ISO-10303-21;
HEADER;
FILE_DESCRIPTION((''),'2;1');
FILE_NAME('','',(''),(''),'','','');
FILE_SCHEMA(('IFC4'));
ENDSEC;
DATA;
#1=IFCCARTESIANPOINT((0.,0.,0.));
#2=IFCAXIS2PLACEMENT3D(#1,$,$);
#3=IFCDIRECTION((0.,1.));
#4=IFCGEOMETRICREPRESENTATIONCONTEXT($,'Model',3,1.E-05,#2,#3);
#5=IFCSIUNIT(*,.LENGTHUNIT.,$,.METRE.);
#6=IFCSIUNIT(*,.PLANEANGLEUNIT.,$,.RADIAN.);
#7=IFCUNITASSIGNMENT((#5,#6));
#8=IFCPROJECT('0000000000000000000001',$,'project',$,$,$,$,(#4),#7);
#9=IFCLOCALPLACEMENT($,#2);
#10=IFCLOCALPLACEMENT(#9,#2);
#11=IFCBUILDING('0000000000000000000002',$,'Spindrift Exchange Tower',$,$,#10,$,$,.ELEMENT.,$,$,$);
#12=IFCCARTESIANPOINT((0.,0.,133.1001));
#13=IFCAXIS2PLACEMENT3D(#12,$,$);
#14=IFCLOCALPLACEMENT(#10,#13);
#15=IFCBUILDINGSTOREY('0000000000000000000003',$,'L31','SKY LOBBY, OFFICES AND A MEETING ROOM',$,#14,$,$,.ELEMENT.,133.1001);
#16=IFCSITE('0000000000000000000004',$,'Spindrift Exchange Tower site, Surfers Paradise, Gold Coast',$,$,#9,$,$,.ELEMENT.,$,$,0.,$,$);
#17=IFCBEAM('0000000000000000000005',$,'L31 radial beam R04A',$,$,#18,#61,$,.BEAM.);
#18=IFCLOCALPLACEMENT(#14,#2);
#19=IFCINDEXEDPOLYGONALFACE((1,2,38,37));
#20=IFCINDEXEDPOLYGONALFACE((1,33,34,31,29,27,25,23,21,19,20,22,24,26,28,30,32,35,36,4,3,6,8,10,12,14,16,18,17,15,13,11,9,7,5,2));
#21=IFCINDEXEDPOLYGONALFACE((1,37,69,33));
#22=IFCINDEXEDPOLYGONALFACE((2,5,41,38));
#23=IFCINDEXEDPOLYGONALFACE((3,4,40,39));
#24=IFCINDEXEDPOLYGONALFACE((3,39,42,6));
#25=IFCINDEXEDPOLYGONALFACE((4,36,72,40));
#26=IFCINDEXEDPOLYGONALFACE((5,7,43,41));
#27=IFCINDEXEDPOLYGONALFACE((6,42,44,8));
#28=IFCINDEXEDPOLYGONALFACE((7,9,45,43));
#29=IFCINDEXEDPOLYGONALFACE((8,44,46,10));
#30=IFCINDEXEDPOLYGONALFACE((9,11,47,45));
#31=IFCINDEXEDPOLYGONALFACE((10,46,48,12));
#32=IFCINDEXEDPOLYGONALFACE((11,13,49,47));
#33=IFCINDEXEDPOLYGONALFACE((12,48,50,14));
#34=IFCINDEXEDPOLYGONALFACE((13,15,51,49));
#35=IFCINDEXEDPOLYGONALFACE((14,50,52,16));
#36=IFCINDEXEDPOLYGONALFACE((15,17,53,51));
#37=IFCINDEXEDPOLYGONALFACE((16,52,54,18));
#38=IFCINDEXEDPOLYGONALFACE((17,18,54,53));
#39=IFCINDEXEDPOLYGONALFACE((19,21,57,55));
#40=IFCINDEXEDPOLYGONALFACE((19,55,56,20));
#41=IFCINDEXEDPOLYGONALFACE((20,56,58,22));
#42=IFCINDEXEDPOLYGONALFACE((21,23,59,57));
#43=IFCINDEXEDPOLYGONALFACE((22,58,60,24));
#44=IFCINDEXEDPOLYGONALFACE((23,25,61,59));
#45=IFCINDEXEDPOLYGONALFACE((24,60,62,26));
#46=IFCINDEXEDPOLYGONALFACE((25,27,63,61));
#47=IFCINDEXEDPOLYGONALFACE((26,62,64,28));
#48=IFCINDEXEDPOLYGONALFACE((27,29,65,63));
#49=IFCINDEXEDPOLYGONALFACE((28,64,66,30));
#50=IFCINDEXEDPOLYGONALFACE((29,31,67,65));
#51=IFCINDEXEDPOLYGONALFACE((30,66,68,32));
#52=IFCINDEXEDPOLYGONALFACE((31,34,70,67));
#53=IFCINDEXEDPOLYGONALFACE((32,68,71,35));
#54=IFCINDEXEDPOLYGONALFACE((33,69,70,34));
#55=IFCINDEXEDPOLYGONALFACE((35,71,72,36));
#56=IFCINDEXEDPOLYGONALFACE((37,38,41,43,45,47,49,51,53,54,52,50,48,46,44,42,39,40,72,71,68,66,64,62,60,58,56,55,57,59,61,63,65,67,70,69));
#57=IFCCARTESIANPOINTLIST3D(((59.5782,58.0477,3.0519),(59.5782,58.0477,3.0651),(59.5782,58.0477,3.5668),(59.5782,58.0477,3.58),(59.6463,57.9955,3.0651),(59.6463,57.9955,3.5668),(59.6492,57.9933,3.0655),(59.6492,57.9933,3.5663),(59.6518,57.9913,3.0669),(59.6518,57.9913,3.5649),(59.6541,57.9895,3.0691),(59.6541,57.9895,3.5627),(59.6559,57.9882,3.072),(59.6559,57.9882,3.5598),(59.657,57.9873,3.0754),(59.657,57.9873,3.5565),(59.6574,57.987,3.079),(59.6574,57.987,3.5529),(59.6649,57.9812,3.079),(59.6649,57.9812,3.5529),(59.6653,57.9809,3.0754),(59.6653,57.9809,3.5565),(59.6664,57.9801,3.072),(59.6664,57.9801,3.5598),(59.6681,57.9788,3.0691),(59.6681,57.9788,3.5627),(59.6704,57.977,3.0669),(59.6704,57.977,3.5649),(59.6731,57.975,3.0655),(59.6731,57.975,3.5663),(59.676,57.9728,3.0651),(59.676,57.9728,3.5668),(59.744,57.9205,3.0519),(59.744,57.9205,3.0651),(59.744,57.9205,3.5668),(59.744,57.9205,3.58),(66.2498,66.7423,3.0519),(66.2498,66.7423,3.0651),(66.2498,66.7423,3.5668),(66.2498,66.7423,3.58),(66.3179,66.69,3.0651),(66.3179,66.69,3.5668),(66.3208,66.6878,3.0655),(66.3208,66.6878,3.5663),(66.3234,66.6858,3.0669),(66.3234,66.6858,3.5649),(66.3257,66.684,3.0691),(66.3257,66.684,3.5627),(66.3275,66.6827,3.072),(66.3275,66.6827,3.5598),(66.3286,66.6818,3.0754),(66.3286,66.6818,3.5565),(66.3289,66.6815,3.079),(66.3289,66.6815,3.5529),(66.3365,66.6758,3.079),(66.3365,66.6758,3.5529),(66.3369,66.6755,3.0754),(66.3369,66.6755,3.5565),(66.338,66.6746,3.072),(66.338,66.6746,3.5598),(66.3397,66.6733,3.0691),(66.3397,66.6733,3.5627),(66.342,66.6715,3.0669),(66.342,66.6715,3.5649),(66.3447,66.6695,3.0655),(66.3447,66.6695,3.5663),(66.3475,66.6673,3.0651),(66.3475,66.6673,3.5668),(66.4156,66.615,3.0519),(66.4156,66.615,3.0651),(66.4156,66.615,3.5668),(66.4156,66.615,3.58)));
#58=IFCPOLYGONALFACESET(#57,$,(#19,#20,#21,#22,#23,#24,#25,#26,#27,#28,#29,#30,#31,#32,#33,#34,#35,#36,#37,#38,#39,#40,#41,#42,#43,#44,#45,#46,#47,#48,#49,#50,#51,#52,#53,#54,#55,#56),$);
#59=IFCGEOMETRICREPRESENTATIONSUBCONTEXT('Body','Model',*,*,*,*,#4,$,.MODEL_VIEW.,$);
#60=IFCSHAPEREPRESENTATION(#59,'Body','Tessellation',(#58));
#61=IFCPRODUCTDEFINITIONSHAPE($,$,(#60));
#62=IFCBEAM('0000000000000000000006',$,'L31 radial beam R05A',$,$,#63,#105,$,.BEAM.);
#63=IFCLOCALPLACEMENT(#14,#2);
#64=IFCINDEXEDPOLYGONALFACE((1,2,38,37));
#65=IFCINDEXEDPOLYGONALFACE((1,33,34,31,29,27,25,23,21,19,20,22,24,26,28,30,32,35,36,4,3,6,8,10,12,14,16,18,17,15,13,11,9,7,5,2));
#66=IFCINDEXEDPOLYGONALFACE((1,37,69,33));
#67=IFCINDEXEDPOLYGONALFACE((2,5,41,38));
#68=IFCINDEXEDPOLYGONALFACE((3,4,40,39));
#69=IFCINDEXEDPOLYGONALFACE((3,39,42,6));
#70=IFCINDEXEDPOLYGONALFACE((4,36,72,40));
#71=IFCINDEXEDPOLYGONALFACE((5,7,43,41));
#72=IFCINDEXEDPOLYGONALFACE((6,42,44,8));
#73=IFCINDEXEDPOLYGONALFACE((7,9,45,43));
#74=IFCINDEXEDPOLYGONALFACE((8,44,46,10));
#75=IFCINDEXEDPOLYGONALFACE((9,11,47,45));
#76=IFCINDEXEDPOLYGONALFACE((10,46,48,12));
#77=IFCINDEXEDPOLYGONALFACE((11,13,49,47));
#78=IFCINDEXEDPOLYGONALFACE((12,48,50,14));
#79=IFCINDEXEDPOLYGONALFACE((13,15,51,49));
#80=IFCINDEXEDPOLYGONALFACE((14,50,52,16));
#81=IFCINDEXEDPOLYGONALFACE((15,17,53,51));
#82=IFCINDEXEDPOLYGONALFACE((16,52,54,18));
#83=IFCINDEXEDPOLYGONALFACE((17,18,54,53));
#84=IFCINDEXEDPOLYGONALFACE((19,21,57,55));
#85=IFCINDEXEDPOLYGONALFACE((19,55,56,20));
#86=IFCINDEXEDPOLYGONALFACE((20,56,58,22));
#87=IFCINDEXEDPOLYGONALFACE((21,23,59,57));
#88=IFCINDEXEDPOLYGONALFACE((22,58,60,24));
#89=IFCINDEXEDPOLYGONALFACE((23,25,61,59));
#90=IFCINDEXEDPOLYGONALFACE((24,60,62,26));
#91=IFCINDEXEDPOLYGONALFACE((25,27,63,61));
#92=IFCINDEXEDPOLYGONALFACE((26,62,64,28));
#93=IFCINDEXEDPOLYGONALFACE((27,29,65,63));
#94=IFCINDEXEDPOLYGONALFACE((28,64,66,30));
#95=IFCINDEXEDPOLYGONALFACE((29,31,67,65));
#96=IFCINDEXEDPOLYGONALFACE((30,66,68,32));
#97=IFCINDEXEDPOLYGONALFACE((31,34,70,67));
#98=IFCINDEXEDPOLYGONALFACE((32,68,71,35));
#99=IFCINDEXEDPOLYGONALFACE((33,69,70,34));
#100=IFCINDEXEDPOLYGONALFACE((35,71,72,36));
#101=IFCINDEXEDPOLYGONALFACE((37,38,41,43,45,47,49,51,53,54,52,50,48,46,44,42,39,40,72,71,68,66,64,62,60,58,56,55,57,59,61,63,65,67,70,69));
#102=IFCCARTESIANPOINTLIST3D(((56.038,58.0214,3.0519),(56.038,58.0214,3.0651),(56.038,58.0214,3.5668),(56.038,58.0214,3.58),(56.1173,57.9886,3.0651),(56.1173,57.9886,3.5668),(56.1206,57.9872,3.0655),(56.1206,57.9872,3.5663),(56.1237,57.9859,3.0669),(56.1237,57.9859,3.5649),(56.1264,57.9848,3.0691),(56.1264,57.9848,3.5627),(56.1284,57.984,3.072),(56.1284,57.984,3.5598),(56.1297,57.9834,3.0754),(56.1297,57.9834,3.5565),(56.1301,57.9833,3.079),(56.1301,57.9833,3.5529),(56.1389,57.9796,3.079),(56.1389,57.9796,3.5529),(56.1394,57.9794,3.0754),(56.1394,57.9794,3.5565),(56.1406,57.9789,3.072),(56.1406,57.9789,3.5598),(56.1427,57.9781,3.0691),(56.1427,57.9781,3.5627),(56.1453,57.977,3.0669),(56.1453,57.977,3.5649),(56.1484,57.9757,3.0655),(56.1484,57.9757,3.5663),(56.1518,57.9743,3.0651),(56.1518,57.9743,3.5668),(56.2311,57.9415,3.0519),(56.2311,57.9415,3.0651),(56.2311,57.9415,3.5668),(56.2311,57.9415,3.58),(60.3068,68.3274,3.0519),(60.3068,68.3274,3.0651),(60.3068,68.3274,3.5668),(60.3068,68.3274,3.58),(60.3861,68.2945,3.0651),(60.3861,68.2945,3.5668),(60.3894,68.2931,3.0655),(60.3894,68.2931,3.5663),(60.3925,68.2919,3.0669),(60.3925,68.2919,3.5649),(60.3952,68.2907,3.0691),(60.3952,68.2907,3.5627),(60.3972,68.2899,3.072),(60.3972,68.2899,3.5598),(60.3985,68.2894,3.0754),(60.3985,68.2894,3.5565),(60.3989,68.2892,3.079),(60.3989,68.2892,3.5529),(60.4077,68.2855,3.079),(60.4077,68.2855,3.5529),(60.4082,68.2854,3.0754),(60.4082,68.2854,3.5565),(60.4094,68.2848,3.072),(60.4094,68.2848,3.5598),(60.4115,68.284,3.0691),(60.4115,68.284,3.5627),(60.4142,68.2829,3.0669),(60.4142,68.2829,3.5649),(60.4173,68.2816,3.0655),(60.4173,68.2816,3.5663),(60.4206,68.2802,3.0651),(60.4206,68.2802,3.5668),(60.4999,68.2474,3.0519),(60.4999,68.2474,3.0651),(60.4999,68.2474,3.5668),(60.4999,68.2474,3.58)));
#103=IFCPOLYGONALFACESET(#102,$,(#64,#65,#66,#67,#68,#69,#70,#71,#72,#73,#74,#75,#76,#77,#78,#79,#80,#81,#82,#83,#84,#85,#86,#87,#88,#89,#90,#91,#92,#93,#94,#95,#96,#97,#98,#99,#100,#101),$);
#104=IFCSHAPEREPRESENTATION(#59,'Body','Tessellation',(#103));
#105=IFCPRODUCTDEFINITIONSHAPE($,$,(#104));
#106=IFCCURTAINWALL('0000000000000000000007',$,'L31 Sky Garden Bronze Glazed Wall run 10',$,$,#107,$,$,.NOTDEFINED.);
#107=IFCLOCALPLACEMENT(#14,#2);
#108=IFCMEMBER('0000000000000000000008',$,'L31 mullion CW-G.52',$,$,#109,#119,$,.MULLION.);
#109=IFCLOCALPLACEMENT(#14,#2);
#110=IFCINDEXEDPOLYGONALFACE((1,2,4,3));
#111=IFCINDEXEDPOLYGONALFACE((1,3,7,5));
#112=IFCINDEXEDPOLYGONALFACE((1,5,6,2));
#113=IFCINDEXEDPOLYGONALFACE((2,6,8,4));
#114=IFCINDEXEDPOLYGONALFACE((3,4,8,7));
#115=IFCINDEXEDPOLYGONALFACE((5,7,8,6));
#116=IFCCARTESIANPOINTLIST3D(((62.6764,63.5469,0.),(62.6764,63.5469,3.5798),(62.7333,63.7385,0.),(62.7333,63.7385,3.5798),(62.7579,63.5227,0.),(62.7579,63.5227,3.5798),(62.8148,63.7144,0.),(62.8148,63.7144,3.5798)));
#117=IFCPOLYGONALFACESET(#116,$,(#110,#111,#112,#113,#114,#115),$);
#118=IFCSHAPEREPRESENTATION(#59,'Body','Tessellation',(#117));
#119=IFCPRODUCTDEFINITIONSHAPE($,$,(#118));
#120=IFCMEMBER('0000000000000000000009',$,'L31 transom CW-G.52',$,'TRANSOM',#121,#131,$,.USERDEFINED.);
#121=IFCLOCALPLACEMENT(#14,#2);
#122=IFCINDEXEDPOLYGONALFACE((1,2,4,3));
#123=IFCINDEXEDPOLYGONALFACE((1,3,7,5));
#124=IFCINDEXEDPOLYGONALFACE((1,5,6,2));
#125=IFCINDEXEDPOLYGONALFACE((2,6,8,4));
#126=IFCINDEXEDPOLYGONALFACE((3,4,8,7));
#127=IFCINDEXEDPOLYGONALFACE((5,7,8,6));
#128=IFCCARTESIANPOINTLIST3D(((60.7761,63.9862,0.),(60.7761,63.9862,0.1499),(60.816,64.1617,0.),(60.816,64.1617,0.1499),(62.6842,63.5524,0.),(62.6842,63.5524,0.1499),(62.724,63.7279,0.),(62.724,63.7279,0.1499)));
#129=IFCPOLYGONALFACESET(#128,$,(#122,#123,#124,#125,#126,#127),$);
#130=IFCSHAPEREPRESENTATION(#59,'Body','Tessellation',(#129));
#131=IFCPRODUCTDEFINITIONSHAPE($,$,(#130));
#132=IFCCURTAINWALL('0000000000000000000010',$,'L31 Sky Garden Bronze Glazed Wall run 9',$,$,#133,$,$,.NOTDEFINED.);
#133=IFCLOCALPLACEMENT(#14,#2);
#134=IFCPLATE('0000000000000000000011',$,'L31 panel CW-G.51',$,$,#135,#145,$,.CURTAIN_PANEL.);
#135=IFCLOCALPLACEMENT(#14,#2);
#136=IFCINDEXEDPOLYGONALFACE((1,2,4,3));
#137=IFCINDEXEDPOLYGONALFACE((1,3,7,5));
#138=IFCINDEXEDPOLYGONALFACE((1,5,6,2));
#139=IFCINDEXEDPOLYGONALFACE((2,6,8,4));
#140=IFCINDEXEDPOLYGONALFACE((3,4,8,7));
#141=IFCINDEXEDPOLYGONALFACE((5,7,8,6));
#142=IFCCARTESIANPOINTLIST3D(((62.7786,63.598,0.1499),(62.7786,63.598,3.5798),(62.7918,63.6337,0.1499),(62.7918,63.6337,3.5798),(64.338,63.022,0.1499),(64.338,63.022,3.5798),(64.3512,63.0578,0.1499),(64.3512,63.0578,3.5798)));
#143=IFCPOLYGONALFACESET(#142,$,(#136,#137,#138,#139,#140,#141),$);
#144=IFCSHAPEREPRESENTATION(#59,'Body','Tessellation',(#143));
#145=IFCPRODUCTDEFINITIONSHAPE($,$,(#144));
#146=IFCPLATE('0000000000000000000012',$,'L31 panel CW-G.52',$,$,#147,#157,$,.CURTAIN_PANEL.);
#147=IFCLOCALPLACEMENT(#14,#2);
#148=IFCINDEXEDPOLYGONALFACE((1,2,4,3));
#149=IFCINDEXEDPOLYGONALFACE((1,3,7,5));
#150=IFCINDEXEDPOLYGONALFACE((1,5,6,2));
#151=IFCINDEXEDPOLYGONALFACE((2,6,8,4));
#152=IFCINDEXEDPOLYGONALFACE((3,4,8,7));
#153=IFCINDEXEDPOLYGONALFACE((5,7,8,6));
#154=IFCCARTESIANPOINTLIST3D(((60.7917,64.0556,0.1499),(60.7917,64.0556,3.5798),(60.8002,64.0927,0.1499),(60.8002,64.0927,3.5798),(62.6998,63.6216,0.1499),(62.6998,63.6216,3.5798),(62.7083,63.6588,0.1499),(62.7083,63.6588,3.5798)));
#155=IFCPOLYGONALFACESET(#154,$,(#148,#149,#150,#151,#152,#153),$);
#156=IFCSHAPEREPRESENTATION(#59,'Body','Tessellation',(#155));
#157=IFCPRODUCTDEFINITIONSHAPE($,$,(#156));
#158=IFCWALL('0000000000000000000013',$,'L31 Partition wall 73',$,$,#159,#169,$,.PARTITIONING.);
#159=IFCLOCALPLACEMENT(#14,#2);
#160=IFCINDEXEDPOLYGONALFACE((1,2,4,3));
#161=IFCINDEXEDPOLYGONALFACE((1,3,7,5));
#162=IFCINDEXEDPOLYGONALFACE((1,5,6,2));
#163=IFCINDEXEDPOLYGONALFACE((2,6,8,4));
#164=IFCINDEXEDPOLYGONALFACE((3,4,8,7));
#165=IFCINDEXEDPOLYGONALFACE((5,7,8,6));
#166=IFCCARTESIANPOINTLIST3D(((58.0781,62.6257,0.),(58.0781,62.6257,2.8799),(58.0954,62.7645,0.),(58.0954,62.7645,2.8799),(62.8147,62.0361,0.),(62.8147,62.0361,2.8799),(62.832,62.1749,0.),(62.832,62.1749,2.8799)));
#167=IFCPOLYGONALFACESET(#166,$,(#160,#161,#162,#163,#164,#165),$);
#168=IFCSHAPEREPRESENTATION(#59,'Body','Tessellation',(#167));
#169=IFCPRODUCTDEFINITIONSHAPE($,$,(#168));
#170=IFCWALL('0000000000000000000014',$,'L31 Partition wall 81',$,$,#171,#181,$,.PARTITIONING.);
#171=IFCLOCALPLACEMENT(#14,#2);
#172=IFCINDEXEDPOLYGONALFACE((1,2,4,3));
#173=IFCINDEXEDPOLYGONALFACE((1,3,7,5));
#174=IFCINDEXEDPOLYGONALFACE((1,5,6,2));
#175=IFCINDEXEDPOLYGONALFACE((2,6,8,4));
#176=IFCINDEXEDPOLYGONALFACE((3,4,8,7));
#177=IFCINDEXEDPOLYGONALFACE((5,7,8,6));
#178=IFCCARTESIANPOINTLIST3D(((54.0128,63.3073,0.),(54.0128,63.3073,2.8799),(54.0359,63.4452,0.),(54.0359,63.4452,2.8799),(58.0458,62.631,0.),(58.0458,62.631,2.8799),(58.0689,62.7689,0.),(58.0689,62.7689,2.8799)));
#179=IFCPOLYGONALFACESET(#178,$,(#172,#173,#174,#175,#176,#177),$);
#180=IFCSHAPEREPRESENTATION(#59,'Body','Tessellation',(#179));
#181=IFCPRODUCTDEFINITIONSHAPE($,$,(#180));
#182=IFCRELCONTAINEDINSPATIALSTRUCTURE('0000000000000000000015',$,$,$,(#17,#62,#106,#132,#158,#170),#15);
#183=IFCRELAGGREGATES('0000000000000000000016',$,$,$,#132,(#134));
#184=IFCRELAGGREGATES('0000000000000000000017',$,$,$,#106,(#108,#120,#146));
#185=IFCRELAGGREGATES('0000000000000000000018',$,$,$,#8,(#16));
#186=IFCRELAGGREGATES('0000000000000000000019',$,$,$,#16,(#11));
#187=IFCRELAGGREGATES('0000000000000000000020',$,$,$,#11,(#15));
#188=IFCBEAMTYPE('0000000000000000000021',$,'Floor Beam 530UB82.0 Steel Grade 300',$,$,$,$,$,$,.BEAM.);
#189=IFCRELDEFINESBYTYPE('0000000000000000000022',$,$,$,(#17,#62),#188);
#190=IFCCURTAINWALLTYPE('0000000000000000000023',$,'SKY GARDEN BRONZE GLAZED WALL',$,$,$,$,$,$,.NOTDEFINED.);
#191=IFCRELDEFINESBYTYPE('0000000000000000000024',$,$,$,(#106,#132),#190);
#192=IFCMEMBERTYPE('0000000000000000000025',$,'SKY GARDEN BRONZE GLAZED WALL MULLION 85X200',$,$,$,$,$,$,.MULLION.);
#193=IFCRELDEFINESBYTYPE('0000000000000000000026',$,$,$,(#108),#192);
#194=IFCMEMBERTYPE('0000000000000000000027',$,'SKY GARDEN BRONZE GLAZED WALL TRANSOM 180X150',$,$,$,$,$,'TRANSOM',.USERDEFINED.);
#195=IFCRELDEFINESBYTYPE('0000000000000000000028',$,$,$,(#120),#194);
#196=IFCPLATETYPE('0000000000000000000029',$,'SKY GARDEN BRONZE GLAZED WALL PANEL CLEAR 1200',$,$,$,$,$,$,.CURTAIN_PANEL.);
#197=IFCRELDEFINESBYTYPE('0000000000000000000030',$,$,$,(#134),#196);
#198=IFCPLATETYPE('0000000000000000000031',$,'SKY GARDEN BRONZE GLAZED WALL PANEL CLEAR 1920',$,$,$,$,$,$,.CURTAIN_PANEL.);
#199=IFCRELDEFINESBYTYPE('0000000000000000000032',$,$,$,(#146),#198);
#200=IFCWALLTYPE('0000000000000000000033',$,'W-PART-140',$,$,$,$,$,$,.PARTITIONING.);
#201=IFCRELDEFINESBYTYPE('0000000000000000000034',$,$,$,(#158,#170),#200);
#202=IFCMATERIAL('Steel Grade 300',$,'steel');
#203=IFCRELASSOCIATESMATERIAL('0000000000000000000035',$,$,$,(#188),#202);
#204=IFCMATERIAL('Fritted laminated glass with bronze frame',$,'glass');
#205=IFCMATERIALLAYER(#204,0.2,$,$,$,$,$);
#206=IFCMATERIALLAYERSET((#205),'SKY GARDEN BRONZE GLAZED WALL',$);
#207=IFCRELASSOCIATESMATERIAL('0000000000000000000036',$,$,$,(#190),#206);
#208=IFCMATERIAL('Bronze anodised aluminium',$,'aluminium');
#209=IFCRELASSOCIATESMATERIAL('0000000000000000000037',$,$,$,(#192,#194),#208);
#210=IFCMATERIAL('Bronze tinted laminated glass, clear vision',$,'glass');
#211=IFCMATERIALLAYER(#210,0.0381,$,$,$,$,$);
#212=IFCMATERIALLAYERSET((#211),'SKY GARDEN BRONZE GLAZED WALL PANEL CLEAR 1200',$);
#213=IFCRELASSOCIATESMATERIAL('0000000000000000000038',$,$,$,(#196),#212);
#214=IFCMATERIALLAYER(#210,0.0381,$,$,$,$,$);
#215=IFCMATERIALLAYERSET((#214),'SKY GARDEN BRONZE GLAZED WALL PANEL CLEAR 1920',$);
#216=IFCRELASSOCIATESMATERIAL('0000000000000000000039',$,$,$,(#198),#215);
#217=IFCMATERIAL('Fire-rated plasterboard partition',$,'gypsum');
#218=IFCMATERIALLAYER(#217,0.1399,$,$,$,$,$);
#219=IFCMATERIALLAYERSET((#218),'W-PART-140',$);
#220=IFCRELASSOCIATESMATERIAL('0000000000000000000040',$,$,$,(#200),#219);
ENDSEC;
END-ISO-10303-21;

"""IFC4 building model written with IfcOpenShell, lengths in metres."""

from ifc_helpers import new_model, si_unit, direction, frame, frame_2d, origin, origin_2d, place, context, subcontext, project, spatial, rectangle, i_section, extrude, source, transform, mapped, material, layer, layer_set, material_profile, profile_set, type_object, element, aggregate, save


model = new_model("IFC4")

# Units and contexts
model_context = context("Model", 3, precision=1e-05, world=origin(), true_north=direction((0.0, 1.0)))
body_context = subcontext(model_context, "Body", "Model", "MODEL_VIEW")
ifc_project = project(units=[si_unit("LENGTHUNIT", "METRE"), si_unit("PLANEANGLEUNIT", "RADIAN")], contexts=[model_context])

# Site, building, storey
site_placement = place(None, origin())
site = spatial("IfcSite", under=ifc_project, at=site_placement, Name="Spindrift Exchange Tower site, Surfers Paradise, Gold Coast", CompositionType="ELEMENT", RefElevation=0.0)
building_placement = place(site_placement, origin())
building = spatial("IfcBuilding", under=site, at=building_placement, Name="Spindrift Exchange Tower", CompositionType="ELEMENT")
storey_placement = place(building_placement, frame((0.0, 0.0, 133.1001)))
storey = spatial("IfcBuildingStorey", under=building, at=storey_placement, Name="L31", Description="SKY LOBBY, OFFICES AND A MEETING ROOM", CompositionType="ELEMENT", Elevation=133.1001)

# Beams
ifc_material_1 = material(Name="Steel Grade 300", Category="steel")
ifc_material_profile_1 = material_profile(ifc_material_1, i_section(OverallWidth=0.209, OverallDepth=0.5281, WebThickness=0.0095, FlangeThickness=0.0132, FilletRadius=0.0139, at=origin_2d()), Name="530UB82.0")
ifc_profile_set_1 = profile_set([ifc_material_profile_1], Name="Steel Grade 300")
beam_type = type_object("IfcBeamType", Name="Floor Beam 530UB82.0 Steel Grade 300", PredefinedType="BEAM", material=ifc_profile_set_1)
shared_shape_1 = source(origin(), body_context, "Body", "SweptSolid", [
    extrude(i_section(OverallWidth=0.209, OverallDepth=0.5281, WebThickness=0.0095, FlangeThickness=0.0132, FilletRadius=0.0139, at=origin_2d()), origin(), (0.0, 0.0, 1.0), 10.9592),
])
beam_1_placement = place(storey_placement, frame((59.6611, 57.9841, 3.3159), z_axis=(0.608764, 0.793351, 0.0), x_axis=(-0.793351, 0.608764, 0.0)))
element("IfcBeam", 1, at=beam_1_placement, inside=storey, type_object=beam_type, Name="L31 radial beam R04A", PredefinedType="BEAM", context=body_context, shape_type="MappedRepresentation", body=[
    mapped(shared_shape_1, transform((0.0, 0.0, 0.0), scale=1.0)),
])
shared_shape_2 = source(origin(), body_context, "Body", "SweptSolid", [
    extrude(i_section(OverallWidth=0.209, OverallDepth=0.5281, WebThickness=0.0095, FlangeThickness=0.0132, FilletRadius=0.0139, at=origin_2d()), origin(), (0.0, 0.0, 1.0), 11.155),
])
beam_2_placement = place(storey_placement, frame((56.1345, 57.9814, 3.3159), z_axis=(0.38268, 0.923881, 0.0), x_axis=(-0.923881, 0.38268, 0.0)))
element("IfcBeam", 2, at=beam_2_placement, inside=storey, type_object=beam_type, Name="L31 radial beam R05A", PredefinedType="BEAM", context=body_context, shape_type="MappedRepresentation", body=[
    mapped(shared_shape_2, transform((0.0, 0.0, 0.0), scale=1.0)),
])

# Curtain wall, members
ifc_material_2 = material(Name="Fritted laminated glass with bronze frame", Category="glass")
ifc_layer_1 = layer(ifc_material_2, 0.2)
ifc_layer_set_1 = layer_set([ifc_layer_1], Name="SKY GARDEN BRONZE GLAZED WALL")
curtain_wall_type = type_object("IfcCurtainWallType", Name="SKY GARDEN BRONZE GLAZED WALL", PredefinedType="NOTDEFINED", material=ifc_layer_set_1)
curtain_wall_1_placement = place(storey_placement, origin())
curtain_wall_1 = element("IfcCurtainWall", 3, at=curtain_wall_1_placement, inside=storey, type_object=curtain_wall_type, Name="L31 Sky Garden Bronze Glazed Wall run 10", PredefinedType="NOTDEFINED")
ifc_material_3 = material(Name="Bronze anodised aluminium", Category="aluminium")
ifc_material_profile_2 = material_profile(ifc_material_3, rectangle(XDim=0.085, YDim=0.2, at=origin_2d()), Name="SKY GARDEN BRONZE GLAZED WALL MULLION 85X200")
ifc_profile_set_2 = profile_set([ifc_material_profile_2], Name="Bronze anodised aluminium")
member_type_1 = type_object("IfcMemberType", Name="SKY GARDEN BRONZE GLAZED WALL MULLION 85X200", PredefinedType="MULLION", material=ifc_profile_set_2)
shared_shape_3 = source(origin(), body_context, "Body", "SweptSolid", [
    extrude(rectangle(XDim=0.085, YDim=0.2, at=origin_2d()), origin(), (0.0, 0.0, 1.0), 3.5798),
])
member_1_placement = place(storey_placement, frame((62.7456, 63.6306, 0.0), z_axis=(0.0, 0.0, 1.0), x_axis=(-0.958612, 0.284714, 0.0)))
member_1 = element("IfcMember", 4, at=member_1_placement, type_object=member_type_1, Name="L31 mullion CW-G.52", PredefinedType="MULLION", context=body_context, shape_type="MappedRepresentation", body=[
    mapped(shared_shape_3, transform((0.0, 0.0, 0.0), scale=1.0)),
])
ifc_material_profile_3 = material_profile(ifc_material_3, rectangle(XDim=0.1799, YDim=0.1499, at=origin_2d()), Name="SKY GARDEN BRONZE GLAZED WALL TRANSOM 180X150")
ifc_profile_set_3 = profile_set([ifc_material_profile_3], Name="Bronze anodised aluminium")
member_type_2 = type_object("IfcMemberType", Name="SKY GARDEN BRONZE GLAZED WALL TRANSOM 180X150", ElementType="TRANSOM", PredefinedType="USERDEFINED", material=ifc_profile_set_3)
shared_shape_4 = source(origin(), body_context, "Body", "SweptSolid", [
    extrude(rectangle(XDim=0.1799, YDim=0.1499, at=origin_2d()), origin(), (0.0, 0.0, 1.0), 1.9568),
])
member_2_placement = place(storey_placement, frame((62.7041, 63.6401, 0.075), z_axis=(-0.975116, 0.221697, 0.0), x_axis=(-0.221697, -0.975116, 0.0)))
member_2 = element("IfcMember", 5, at=member_2_placement, type_object=member_type_2, Name="L31 transom CW-G.52", ObjectType="TRANSOM", PredefinedType="USERDEFINED", context=body_context, shape_type="MappedRepresentation", body=[
    mapped(shared_shape_4, transform((0.0, 0.0, 0.0), scale=1.0)),
])

# Curtain wall, plate
curtain_wall_2_placement = place(storey_placement, origin())
curtain_wall_2 = element("IfcCurtainWall", 6, at=curtain_wall_2_placement, inside=storey, type_object=curtain_wall_type, Name="L31 Sky Garden Bronze Glazed Wall run 9", PredefinedType="NOTDEFINED")
ifc_material_4 = material(Name="Bronze tinted laminated glass, clear vision", Category="glass")
ifc_layer_2 = layer(ifc_material_4, 0.0381)
ifc_layer_set_2 = layer_set([ifc_layer_2], Name="SKY GARDEN BRONZE GLAZED WALL PANEL CLEAR 1200")
plate_type_1 = type_object("IfcPlateType", Name="SKY GARDEN BRONZE GLAZED WALL PANEL CLEAR 1200", PredefinedType="CURTAIN_PANEL", material=ifc_layer_set_2)
shared_shape_5 = source(origin(), body_context, "Body", "SweptSolid", [
    extrude(rectangle(XDim=1.6624, YDim=0.0381, at=origin_2d()), origin(), (0.0, 0.0, 1.0), 3.4299),
])
plate_1_placement = place(storey_placement, frame((63.5649, 63.3279, 0.1499), z_axis=(0.0, 0.0, 1.0), x_axis=(-0.93806, 0.346472, 0.0)))
plate_1 = element("IfcPlate", 7, at=plate_1_placement, type_object=plate_type_1, Name="L31 panel CW-G.51", PredefinedType="CURTAIN_PANEL", context=body_context, shape_type="MappedRepresentation", body=[
    mapped(shared_shape_5, transform((0.0, 0.0, 0.0), scale=1.0)),
])
aggregate(curtain_wall_2, [plate_1])

# Plate
ifc_layer_3 = layer(ifc_material_4, 0.0381)
ifc_layer_set_3 = layer_set([ifc_layer_3], Name="SKY GARDEN BRONZE GLAZED WALL PANEL CLEAR 1920")
plate_type_2 = type_object("IfcPlateType", Name="SKY GARDEN BRONZE GLAZED WALL PANEL CLEAR 1920", PredefinedType="CURTAIN_PANEL", material=ifc_layer_set_3)
shared_shape_6 = source(origin(), body_context, "Body", "SweptSolid", [
    extrude(rectangle(XDim=1.9568, YDim=0.0381, at=origin_2d()), origin(), (0.0, 0.0, 1.0), 3.4299),
])
plate_2_placement = place(storey_placement, frame((61.75, 63.8572, 0.1499), z_axis=(0.0, 0.0, 1.0), x_axis=(-0.975103, 0.221751, 0.0)))
plate_2 = element("IfcPlate", 8, at=plate_2_placement, type_object=plate_type_2, Name="L31 panel CW-G.52", PredefinedType="CURTAIN_PANEL", context=body_context, shape_type="MappedRepresentation", body=[
    mapped(shared_shape_6, transform((0.0, 0.0, 0.0), scale=1.0)),
])
aggregate(curtain_wall_1, [member_1, member_2, plate_2])

# Walls
ifc_material_5 = material(Name="Fire-rated plasterboard partition", Category="gypsum")
ifc_layer_4 = layer(ifc_material_5, 0.1399)
ifc_layer_set_4 = layer_set([ifc_layer_4], Name="W-PART-140")
wall_type_1 = type_object("IfcWallType", Name="W-PART-140", PredefinedType="PARTITIONING", material=ifc_layer_set_4)
wall_1_placement = place(storey_placement, frame((62.8235, 62.1055, 0.0), z_axis=(0.0, 0.0, 1.0), x_axis=(-0.992341, 0.123525, 0.0)))
element("IfcWall", 9, at=wall_1_placement, inside=storey, type_object=wall_type_1, Name="L31 Partition wall 73", PredefinedType="PARTITIONING", context=body_context, shape_type="SweptSolid", body=[
    extrude(rectangle(XDim=4.7732, YDim=0.1399, at=frame_2d((2.3867, 0.0))), origin(), (0.0, 0.0, 1.0), 2.8799),
])
wall_2_placement = place(storey_placement, frame((58.0574, 62.7, 0.0), z_axis=(0.0, 0.0, 1.0), x_axis=(-0.98623, 0.165377, 0.0)))
element("IfcWall", 10, at=wall_2_placement, inside=storey, type_object=wall_type_1, Name="L31 Partition wall 81", PredefinedType="PARTITIONING", context=body_context, shape_type="SweptSolid", body=[
    extrude(rectangle(XDim=4.0894, YDim=0.1399, at=frame_2d((2.0447, 0.0))), origin(), (0.0, 0.0, 1.0), 2.8799),
])

save(model, "model.ifc")
